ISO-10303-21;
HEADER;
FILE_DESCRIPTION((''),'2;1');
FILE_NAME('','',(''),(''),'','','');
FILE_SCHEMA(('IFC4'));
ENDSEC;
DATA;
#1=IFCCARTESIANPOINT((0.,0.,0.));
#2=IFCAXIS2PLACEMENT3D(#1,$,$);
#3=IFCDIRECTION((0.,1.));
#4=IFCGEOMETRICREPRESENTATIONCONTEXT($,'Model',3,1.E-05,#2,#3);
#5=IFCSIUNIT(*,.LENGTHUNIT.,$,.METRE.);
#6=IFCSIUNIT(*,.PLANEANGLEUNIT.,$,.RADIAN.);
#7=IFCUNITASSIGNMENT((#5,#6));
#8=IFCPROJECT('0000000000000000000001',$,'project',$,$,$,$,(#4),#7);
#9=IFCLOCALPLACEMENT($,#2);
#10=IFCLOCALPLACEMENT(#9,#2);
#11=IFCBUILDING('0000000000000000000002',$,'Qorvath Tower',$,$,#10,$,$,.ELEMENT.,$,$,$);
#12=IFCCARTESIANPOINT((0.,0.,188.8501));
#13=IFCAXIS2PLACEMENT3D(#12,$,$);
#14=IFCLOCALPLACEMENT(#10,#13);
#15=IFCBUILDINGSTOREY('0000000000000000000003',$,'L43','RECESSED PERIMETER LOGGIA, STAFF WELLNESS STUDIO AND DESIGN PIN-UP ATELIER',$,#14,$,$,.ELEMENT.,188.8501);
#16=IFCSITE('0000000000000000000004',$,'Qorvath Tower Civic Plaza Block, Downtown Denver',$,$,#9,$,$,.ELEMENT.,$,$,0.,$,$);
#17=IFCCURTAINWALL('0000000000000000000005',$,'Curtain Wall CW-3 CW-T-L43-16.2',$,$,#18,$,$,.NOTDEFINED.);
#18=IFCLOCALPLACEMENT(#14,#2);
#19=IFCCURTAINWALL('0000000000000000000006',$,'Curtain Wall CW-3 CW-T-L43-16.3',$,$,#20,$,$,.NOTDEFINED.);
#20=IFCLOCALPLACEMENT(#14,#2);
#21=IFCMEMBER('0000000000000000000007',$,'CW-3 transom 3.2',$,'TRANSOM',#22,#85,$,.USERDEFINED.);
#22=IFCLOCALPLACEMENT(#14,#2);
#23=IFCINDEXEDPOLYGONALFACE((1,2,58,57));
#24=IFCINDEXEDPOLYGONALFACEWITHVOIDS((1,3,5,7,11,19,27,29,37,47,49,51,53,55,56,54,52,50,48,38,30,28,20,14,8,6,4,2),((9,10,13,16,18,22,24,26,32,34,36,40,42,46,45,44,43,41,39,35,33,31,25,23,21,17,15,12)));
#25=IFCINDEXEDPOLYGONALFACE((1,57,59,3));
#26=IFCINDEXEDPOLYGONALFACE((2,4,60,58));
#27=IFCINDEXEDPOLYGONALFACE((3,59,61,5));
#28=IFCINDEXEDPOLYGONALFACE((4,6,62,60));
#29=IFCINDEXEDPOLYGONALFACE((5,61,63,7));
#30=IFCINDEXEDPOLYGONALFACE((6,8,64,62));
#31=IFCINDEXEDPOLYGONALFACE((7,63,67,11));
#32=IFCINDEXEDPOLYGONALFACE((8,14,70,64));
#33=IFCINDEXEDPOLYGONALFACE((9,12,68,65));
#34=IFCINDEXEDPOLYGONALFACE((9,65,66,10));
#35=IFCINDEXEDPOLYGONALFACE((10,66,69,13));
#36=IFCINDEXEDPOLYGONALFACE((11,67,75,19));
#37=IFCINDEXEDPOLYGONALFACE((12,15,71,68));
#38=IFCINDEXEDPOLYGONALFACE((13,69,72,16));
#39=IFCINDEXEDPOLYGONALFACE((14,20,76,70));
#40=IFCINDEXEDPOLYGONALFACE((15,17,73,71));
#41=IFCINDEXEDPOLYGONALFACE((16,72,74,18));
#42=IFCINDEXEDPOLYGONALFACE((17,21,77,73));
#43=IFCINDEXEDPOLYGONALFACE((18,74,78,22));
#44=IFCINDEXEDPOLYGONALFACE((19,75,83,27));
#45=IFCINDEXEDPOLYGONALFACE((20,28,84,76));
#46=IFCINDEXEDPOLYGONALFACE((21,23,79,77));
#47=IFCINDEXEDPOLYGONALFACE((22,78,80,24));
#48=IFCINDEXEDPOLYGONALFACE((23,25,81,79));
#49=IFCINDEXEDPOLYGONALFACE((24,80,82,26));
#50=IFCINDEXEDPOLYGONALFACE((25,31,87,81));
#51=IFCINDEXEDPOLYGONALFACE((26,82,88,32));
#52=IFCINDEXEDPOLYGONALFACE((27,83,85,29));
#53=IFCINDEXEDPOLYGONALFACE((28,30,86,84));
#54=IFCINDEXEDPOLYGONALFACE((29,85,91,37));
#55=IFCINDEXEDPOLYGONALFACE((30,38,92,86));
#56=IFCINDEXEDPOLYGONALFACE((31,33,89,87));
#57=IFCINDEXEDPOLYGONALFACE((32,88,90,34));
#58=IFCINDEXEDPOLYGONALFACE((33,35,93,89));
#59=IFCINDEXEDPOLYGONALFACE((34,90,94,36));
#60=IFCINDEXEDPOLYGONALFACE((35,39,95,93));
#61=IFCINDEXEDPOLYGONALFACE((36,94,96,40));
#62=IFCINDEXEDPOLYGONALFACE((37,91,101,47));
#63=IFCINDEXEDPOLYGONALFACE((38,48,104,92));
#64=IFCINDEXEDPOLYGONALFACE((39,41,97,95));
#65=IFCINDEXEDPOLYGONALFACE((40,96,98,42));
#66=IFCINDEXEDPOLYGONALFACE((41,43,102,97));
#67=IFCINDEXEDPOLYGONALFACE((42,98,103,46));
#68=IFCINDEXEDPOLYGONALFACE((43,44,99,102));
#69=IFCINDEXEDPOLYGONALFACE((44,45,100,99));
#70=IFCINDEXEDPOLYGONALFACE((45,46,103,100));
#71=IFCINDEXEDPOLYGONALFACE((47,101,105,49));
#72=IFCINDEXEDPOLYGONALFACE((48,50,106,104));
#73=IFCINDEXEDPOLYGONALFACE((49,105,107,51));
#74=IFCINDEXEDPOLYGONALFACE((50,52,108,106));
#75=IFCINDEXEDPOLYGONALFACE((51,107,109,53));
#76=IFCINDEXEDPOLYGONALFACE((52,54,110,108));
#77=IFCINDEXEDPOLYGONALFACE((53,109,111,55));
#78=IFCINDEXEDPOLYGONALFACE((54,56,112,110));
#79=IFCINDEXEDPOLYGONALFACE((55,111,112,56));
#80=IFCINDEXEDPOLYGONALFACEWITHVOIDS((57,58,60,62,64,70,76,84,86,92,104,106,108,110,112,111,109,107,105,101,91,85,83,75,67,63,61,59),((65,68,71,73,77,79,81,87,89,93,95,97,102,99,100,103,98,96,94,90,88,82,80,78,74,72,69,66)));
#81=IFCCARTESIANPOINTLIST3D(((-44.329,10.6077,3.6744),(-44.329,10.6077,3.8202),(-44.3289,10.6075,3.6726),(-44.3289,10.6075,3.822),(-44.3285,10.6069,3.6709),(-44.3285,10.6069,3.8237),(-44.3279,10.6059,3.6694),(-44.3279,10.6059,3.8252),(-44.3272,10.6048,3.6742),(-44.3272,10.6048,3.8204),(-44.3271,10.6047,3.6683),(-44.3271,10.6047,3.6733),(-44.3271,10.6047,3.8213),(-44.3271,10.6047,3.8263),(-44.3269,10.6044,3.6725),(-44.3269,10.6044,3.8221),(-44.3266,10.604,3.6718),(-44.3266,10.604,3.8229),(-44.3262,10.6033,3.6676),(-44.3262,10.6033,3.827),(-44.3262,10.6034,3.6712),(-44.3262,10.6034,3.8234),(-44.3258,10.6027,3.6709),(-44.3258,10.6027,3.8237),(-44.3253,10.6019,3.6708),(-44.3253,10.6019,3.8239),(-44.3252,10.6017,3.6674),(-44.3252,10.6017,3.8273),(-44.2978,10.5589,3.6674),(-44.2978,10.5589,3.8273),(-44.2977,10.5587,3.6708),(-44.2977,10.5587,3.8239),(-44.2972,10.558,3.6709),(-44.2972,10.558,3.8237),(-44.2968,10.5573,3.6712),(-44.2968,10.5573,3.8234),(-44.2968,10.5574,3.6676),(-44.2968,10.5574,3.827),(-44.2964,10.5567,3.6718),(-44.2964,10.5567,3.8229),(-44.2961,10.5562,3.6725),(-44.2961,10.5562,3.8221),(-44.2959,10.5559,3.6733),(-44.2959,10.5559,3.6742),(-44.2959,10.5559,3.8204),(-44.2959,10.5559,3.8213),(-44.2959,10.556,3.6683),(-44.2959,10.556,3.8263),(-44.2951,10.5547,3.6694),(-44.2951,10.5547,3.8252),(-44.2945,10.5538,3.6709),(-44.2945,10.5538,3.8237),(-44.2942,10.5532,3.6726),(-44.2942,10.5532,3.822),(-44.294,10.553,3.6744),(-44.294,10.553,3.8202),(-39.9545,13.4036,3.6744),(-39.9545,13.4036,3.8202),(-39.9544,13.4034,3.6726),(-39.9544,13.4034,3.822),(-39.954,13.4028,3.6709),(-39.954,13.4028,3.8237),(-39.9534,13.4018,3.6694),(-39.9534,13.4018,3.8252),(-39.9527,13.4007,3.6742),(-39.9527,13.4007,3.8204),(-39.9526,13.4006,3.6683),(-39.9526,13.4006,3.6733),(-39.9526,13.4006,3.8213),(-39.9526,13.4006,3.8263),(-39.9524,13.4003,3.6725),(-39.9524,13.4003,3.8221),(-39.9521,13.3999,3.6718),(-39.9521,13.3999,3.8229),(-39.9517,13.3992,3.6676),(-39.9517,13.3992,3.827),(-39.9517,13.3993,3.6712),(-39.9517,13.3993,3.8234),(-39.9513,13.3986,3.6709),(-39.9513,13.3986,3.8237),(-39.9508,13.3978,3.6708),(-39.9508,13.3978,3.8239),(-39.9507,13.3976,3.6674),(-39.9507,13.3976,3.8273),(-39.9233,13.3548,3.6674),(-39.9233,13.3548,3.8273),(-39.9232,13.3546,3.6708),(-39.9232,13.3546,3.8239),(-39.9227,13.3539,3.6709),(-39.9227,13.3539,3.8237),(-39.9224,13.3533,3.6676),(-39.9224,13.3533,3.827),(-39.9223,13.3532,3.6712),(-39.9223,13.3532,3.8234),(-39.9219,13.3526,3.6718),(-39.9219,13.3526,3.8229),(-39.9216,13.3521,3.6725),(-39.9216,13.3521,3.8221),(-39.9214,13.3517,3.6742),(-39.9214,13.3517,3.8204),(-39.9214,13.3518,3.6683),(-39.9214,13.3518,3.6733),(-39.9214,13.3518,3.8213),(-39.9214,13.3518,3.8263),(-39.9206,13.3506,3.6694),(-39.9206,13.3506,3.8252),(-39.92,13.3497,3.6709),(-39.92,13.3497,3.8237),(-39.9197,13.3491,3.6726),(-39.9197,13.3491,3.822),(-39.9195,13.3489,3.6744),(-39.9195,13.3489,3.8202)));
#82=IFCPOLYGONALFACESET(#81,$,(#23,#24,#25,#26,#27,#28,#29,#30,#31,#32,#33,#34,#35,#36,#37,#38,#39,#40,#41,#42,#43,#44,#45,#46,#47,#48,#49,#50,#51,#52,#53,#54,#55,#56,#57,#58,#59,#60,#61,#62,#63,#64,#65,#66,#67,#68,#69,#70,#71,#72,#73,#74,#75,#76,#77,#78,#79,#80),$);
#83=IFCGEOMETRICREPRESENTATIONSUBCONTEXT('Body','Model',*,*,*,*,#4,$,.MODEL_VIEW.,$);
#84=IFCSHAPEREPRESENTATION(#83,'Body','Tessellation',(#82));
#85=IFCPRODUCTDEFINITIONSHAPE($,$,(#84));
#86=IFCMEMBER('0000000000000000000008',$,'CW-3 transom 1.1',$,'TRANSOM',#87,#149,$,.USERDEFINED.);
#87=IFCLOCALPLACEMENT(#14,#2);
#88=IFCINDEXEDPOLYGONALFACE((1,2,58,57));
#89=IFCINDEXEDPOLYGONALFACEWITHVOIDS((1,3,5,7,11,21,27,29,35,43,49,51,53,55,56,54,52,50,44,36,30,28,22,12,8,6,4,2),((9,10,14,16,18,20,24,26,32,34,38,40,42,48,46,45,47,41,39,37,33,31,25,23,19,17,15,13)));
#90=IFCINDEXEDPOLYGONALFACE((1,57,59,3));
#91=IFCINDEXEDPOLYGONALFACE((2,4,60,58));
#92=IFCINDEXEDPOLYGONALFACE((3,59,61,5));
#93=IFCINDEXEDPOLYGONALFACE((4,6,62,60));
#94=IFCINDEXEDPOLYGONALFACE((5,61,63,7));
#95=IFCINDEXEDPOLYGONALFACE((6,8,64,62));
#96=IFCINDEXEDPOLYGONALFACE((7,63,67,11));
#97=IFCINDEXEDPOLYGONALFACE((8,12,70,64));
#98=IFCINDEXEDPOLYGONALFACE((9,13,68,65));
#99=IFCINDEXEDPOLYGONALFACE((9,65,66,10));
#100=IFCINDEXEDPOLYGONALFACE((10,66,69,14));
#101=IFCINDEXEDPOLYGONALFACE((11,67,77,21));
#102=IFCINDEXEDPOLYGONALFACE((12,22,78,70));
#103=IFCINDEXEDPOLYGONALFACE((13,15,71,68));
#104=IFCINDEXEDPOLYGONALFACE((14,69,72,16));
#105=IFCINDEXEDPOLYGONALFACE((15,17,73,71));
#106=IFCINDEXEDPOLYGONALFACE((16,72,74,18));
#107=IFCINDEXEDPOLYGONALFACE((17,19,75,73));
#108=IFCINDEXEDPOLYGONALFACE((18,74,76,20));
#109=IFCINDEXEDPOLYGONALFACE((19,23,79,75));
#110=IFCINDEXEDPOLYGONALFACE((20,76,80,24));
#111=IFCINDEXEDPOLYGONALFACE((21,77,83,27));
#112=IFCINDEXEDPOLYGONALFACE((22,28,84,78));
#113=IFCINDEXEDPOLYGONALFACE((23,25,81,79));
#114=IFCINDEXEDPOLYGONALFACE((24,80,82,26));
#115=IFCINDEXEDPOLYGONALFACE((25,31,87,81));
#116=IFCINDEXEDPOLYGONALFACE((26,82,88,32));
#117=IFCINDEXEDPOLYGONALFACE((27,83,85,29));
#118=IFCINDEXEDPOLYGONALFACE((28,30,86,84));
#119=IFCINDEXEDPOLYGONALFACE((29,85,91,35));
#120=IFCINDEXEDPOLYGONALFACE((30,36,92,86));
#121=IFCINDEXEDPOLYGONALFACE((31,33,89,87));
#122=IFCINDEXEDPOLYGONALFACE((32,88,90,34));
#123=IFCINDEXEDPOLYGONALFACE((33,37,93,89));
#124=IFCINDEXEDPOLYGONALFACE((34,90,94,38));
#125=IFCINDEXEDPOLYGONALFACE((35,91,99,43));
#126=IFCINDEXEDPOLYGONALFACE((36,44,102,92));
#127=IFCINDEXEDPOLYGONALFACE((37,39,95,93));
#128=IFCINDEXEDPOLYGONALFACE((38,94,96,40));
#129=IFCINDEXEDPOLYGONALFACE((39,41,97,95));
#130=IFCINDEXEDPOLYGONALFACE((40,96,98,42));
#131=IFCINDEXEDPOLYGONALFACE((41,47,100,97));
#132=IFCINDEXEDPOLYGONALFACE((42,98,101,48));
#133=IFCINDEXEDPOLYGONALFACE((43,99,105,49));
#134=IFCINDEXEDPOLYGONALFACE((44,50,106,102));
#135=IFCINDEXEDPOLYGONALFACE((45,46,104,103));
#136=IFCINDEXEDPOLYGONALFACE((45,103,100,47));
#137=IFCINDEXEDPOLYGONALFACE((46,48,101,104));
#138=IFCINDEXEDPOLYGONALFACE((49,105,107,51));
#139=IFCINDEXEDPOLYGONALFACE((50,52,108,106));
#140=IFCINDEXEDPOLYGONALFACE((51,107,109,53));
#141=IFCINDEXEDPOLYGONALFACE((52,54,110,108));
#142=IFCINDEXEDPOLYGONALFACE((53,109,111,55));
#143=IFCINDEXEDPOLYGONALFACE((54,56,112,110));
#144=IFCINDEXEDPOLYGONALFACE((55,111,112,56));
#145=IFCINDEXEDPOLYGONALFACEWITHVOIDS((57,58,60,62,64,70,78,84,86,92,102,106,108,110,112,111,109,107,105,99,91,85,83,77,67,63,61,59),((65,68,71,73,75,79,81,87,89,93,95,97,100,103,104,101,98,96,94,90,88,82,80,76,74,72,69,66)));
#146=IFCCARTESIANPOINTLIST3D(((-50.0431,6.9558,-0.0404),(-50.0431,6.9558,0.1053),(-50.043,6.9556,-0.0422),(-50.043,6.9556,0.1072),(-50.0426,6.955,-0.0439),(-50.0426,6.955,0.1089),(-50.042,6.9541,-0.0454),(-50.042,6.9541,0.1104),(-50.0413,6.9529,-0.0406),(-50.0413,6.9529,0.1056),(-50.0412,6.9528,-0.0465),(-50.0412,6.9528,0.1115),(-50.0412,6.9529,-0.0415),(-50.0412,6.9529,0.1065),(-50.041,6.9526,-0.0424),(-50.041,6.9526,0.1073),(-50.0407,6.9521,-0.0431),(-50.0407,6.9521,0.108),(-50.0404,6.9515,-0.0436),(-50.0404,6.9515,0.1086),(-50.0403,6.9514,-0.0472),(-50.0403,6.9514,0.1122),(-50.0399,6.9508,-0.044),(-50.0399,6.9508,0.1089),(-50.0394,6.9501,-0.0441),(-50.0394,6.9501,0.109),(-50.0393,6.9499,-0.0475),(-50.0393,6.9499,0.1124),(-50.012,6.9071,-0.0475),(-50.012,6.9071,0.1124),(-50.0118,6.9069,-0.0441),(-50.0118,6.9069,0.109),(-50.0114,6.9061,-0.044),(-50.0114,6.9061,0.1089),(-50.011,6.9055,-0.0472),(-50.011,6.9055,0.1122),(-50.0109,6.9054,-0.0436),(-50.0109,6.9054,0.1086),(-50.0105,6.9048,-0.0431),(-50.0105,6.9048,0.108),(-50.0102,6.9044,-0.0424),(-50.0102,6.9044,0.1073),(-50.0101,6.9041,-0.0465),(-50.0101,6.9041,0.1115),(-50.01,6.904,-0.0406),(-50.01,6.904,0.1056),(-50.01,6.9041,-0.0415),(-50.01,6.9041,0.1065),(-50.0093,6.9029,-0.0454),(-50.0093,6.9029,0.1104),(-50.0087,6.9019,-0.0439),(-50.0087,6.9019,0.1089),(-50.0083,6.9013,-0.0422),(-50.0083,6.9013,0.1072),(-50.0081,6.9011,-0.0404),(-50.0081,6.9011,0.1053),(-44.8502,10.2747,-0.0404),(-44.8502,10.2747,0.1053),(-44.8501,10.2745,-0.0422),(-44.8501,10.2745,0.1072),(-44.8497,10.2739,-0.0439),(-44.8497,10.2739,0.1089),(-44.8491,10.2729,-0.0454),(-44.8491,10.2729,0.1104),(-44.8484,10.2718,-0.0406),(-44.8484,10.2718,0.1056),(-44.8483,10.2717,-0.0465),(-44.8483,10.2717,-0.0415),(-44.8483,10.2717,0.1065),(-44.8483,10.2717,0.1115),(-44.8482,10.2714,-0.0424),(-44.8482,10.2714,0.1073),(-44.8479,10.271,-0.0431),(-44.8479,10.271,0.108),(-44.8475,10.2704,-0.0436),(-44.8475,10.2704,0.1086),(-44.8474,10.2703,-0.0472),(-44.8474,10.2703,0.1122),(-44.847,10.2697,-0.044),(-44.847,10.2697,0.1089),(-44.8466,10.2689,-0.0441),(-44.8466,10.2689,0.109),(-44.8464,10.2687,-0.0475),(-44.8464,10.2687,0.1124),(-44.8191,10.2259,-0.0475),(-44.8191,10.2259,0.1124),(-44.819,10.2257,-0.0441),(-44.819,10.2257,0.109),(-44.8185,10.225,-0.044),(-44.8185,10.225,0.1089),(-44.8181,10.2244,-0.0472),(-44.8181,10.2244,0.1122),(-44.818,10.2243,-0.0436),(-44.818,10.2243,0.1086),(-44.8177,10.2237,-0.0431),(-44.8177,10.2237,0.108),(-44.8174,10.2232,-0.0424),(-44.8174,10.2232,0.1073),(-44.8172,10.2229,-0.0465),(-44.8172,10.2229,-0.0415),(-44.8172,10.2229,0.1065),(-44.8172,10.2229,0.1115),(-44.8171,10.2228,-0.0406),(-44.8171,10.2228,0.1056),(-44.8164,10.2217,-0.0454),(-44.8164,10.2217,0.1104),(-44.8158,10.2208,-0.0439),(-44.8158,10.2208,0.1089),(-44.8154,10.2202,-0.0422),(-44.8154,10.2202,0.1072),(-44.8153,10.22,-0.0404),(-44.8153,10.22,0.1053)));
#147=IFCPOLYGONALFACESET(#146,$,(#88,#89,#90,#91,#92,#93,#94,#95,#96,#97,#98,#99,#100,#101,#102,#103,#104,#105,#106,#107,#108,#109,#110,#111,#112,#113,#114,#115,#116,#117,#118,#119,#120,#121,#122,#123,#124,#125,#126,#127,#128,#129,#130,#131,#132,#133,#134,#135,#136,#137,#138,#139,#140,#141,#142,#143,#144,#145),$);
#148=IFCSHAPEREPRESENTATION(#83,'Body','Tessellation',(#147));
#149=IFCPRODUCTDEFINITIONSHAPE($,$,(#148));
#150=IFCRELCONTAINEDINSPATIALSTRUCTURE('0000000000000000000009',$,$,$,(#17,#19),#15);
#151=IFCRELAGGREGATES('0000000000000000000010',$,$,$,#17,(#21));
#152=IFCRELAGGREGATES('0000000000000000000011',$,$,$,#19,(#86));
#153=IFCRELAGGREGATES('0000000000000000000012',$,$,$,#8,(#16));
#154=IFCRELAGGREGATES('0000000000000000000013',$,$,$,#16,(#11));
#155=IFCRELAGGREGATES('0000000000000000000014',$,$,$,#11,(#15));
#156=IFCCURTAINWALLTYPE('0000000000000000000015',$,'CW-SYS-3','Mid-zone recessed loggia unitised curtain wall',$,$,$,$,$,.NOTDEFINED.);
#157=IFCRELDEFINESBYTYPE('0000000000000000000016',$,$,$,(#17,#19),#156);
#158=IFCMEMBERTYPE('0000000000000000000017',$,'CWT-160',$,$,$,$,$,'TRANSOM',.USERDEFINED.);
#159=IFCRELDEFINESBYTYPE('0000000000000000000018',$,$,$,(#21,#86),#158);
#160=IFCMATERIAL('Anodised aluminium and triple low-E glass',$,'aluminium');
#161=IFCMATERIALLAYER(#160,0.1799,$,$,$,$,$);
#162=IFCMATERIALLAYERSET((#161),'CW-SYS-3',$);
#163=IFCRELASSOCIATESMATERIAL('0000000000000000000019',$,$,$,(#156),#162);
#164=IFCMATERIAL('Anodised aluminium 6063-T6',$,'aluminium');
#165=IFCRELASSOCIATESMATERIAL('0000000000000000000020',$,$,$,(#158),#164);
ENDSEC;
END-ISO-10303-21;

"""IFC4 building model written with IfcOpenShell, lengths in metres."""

from ifc_helpers import new_model, si_unit, direction, frame, origin, origin_2d, place, context, subcontext, project, spatial, hollow_rectangle, extrude, material, layer, layer_set, material_profile, profile_set, type_object, element, aggregate, save


model = new_model("IFC4")

# Units and contexts
model_context = context("Model", 3, precision=1e-05, world=origin(), true_north=direction((0.0, 1.0)))
body_context = subcontext(model_context, "Body", "Model", "MODEL_VIEW")
ifc_project = project(units=[si_unit("LENGTHUNIT", "METRE"), si_unit("PLANEANGLEUNIT", "RADIAN")], contexts=[model_context])

# Site, building, storey
site_placement = place(None, origin())
site = spatial("IfcSite", under=ifc_project, at=site_placement, Name="Qorvath Tower Civic Plaza Block, Downtown Denver", CompositionType="ELEMENT", RefElevation=0.0)
building_placement = place(site_placement, origin())
building = spatial("IfcBuilding", under=site, at=building_placement, Name="Qorvath Tower", CompositionType="ELEMENT")
storey_placement = place(building_placement, frame((0.0, 0.0, 188.8501)))
storey = spatial("IfcBuildingStorey", under=building, at=storey_placement, Name="L43", Description="RECESSED PERIMETER LOGGIA, STAFF WELLNESS STUDIO AND DESIGN PIN-UP ATELIER", CompositionType="ELEMENT", Elevation=188.8501)

# Curtain walls
ifc_material_1 = material(Name="Anodised aluminium and triple low-E glass", Category="aluminium")
ifc_layer_1 = layer(ifc_material_1, 0.1799)
ifc_layer_set_1 = layer_set([ifc_layer_1], Name="CW-SYS-3")
curtain_wall_type = type_object("IfcCurtainWallType", Name="CW-SYS-3", Description="Mid-zone recessed loggia unitised curtain wall", PredefinedType="NOTDEFINED", material=ifc_layer_set_1)
curtain_wall_1_placement = place(storey_placement, origin())
curtain_wall_1 = element("IfcCurtainWall", 1, at=curtain_wall_1_placement, inside=storey, type_object=curtain_wall_type, Name="Curtain Wall CW-3 CW-T-L43-16.2", PredefinedType="NOTDEFINED")
curtain_wall_2_placement = place(storey_placement, origin())
curtain_wall_2 = element("IfcCurtainWall", 2, at=curtain_wall_2_placement, inside=storey, type_object=curtain_wall_type, Name="Curtain Wall CW-3 CW-T-L43-16.3", PredefinedType="NOTDEFINED")

# Members
ifc_material_2 = material(Name="Anodised aluminium 6063-T6", Category="aluminium")
ifc_material_profile_1 = material_profile(ifc_material_2, hollow_rectangle(XDim=0.0649, YDim=0.1599, WallThickness=0.0034, InnerFilletRadius=0.0034, OuterFilletRadius=0.0071, at=origin_2d()), Name="CWT 160x65")
ifc_profile_set_1 = profile_set([ifc_material_profile_1], Name="Anodised aluminium 6063-T6")
member_type_1 = type_object("IfcMemberType", Name="CWT-160", ElementType="TRANSOM", PredefinedType="USERDEFINED", material=ifc_profile_set_1)
member_1_placement = place(storey_placement, frame((-39.937, 13.3762, 3.7473), z_axis=(-0.842603, -0.538536, 0.0), x_axis=(0.538536, -0.842603, 0.0)))
member_1 = element("IfcMember", 3, at=member_1_placement, type_object=member_type_1, Name="CW-3 transom 3.2", ObjectType="TRANSOM", PredefinedType="USERDEFINED", context=body_context, shape_type="SweptSolid", body=[
    extrude(hollow_rectangle(XDim=0.0649, YDim=0.1599, WallThickness=0.0034, InnerFilletRadius=0.0034, OuterFilletRadius=0.0071, at=origin_2d()), origin(), (0.0, 0.0, 1.0), 5.1917),
])
member_2_placement = place(storey_placement, frame((-44.8328, 10.2473, 0.0325), z_axis=(-0.842609, -0.538525, 0.0), x_axis=(0.538525, -0.842609, 0.0)))
member_2 = element("IfcMember", 4, at=member_2_placement, type_object=member_type_1, Name="CW-3 transom 1.1", ObjectType="TRANSOM", PredefinedType="USERDEFINED", context=body_context, shape_type="SweptSolid", body=[
    extrude(hollow_rectangle(XDim=0.0649, YDim=0.1599, WallThickness=0.0034, InnerFilletRadius=0.0034, OuterFilletRadius=0.0071, at=origin_2d()), origin(), (0.0, 0.0, 1.0), 6.1628),
])

aggregate(curtain_wall_1, [member_1])
aggregate(curtain_wall_2, [member_2])

save(model, "model.ifc")
